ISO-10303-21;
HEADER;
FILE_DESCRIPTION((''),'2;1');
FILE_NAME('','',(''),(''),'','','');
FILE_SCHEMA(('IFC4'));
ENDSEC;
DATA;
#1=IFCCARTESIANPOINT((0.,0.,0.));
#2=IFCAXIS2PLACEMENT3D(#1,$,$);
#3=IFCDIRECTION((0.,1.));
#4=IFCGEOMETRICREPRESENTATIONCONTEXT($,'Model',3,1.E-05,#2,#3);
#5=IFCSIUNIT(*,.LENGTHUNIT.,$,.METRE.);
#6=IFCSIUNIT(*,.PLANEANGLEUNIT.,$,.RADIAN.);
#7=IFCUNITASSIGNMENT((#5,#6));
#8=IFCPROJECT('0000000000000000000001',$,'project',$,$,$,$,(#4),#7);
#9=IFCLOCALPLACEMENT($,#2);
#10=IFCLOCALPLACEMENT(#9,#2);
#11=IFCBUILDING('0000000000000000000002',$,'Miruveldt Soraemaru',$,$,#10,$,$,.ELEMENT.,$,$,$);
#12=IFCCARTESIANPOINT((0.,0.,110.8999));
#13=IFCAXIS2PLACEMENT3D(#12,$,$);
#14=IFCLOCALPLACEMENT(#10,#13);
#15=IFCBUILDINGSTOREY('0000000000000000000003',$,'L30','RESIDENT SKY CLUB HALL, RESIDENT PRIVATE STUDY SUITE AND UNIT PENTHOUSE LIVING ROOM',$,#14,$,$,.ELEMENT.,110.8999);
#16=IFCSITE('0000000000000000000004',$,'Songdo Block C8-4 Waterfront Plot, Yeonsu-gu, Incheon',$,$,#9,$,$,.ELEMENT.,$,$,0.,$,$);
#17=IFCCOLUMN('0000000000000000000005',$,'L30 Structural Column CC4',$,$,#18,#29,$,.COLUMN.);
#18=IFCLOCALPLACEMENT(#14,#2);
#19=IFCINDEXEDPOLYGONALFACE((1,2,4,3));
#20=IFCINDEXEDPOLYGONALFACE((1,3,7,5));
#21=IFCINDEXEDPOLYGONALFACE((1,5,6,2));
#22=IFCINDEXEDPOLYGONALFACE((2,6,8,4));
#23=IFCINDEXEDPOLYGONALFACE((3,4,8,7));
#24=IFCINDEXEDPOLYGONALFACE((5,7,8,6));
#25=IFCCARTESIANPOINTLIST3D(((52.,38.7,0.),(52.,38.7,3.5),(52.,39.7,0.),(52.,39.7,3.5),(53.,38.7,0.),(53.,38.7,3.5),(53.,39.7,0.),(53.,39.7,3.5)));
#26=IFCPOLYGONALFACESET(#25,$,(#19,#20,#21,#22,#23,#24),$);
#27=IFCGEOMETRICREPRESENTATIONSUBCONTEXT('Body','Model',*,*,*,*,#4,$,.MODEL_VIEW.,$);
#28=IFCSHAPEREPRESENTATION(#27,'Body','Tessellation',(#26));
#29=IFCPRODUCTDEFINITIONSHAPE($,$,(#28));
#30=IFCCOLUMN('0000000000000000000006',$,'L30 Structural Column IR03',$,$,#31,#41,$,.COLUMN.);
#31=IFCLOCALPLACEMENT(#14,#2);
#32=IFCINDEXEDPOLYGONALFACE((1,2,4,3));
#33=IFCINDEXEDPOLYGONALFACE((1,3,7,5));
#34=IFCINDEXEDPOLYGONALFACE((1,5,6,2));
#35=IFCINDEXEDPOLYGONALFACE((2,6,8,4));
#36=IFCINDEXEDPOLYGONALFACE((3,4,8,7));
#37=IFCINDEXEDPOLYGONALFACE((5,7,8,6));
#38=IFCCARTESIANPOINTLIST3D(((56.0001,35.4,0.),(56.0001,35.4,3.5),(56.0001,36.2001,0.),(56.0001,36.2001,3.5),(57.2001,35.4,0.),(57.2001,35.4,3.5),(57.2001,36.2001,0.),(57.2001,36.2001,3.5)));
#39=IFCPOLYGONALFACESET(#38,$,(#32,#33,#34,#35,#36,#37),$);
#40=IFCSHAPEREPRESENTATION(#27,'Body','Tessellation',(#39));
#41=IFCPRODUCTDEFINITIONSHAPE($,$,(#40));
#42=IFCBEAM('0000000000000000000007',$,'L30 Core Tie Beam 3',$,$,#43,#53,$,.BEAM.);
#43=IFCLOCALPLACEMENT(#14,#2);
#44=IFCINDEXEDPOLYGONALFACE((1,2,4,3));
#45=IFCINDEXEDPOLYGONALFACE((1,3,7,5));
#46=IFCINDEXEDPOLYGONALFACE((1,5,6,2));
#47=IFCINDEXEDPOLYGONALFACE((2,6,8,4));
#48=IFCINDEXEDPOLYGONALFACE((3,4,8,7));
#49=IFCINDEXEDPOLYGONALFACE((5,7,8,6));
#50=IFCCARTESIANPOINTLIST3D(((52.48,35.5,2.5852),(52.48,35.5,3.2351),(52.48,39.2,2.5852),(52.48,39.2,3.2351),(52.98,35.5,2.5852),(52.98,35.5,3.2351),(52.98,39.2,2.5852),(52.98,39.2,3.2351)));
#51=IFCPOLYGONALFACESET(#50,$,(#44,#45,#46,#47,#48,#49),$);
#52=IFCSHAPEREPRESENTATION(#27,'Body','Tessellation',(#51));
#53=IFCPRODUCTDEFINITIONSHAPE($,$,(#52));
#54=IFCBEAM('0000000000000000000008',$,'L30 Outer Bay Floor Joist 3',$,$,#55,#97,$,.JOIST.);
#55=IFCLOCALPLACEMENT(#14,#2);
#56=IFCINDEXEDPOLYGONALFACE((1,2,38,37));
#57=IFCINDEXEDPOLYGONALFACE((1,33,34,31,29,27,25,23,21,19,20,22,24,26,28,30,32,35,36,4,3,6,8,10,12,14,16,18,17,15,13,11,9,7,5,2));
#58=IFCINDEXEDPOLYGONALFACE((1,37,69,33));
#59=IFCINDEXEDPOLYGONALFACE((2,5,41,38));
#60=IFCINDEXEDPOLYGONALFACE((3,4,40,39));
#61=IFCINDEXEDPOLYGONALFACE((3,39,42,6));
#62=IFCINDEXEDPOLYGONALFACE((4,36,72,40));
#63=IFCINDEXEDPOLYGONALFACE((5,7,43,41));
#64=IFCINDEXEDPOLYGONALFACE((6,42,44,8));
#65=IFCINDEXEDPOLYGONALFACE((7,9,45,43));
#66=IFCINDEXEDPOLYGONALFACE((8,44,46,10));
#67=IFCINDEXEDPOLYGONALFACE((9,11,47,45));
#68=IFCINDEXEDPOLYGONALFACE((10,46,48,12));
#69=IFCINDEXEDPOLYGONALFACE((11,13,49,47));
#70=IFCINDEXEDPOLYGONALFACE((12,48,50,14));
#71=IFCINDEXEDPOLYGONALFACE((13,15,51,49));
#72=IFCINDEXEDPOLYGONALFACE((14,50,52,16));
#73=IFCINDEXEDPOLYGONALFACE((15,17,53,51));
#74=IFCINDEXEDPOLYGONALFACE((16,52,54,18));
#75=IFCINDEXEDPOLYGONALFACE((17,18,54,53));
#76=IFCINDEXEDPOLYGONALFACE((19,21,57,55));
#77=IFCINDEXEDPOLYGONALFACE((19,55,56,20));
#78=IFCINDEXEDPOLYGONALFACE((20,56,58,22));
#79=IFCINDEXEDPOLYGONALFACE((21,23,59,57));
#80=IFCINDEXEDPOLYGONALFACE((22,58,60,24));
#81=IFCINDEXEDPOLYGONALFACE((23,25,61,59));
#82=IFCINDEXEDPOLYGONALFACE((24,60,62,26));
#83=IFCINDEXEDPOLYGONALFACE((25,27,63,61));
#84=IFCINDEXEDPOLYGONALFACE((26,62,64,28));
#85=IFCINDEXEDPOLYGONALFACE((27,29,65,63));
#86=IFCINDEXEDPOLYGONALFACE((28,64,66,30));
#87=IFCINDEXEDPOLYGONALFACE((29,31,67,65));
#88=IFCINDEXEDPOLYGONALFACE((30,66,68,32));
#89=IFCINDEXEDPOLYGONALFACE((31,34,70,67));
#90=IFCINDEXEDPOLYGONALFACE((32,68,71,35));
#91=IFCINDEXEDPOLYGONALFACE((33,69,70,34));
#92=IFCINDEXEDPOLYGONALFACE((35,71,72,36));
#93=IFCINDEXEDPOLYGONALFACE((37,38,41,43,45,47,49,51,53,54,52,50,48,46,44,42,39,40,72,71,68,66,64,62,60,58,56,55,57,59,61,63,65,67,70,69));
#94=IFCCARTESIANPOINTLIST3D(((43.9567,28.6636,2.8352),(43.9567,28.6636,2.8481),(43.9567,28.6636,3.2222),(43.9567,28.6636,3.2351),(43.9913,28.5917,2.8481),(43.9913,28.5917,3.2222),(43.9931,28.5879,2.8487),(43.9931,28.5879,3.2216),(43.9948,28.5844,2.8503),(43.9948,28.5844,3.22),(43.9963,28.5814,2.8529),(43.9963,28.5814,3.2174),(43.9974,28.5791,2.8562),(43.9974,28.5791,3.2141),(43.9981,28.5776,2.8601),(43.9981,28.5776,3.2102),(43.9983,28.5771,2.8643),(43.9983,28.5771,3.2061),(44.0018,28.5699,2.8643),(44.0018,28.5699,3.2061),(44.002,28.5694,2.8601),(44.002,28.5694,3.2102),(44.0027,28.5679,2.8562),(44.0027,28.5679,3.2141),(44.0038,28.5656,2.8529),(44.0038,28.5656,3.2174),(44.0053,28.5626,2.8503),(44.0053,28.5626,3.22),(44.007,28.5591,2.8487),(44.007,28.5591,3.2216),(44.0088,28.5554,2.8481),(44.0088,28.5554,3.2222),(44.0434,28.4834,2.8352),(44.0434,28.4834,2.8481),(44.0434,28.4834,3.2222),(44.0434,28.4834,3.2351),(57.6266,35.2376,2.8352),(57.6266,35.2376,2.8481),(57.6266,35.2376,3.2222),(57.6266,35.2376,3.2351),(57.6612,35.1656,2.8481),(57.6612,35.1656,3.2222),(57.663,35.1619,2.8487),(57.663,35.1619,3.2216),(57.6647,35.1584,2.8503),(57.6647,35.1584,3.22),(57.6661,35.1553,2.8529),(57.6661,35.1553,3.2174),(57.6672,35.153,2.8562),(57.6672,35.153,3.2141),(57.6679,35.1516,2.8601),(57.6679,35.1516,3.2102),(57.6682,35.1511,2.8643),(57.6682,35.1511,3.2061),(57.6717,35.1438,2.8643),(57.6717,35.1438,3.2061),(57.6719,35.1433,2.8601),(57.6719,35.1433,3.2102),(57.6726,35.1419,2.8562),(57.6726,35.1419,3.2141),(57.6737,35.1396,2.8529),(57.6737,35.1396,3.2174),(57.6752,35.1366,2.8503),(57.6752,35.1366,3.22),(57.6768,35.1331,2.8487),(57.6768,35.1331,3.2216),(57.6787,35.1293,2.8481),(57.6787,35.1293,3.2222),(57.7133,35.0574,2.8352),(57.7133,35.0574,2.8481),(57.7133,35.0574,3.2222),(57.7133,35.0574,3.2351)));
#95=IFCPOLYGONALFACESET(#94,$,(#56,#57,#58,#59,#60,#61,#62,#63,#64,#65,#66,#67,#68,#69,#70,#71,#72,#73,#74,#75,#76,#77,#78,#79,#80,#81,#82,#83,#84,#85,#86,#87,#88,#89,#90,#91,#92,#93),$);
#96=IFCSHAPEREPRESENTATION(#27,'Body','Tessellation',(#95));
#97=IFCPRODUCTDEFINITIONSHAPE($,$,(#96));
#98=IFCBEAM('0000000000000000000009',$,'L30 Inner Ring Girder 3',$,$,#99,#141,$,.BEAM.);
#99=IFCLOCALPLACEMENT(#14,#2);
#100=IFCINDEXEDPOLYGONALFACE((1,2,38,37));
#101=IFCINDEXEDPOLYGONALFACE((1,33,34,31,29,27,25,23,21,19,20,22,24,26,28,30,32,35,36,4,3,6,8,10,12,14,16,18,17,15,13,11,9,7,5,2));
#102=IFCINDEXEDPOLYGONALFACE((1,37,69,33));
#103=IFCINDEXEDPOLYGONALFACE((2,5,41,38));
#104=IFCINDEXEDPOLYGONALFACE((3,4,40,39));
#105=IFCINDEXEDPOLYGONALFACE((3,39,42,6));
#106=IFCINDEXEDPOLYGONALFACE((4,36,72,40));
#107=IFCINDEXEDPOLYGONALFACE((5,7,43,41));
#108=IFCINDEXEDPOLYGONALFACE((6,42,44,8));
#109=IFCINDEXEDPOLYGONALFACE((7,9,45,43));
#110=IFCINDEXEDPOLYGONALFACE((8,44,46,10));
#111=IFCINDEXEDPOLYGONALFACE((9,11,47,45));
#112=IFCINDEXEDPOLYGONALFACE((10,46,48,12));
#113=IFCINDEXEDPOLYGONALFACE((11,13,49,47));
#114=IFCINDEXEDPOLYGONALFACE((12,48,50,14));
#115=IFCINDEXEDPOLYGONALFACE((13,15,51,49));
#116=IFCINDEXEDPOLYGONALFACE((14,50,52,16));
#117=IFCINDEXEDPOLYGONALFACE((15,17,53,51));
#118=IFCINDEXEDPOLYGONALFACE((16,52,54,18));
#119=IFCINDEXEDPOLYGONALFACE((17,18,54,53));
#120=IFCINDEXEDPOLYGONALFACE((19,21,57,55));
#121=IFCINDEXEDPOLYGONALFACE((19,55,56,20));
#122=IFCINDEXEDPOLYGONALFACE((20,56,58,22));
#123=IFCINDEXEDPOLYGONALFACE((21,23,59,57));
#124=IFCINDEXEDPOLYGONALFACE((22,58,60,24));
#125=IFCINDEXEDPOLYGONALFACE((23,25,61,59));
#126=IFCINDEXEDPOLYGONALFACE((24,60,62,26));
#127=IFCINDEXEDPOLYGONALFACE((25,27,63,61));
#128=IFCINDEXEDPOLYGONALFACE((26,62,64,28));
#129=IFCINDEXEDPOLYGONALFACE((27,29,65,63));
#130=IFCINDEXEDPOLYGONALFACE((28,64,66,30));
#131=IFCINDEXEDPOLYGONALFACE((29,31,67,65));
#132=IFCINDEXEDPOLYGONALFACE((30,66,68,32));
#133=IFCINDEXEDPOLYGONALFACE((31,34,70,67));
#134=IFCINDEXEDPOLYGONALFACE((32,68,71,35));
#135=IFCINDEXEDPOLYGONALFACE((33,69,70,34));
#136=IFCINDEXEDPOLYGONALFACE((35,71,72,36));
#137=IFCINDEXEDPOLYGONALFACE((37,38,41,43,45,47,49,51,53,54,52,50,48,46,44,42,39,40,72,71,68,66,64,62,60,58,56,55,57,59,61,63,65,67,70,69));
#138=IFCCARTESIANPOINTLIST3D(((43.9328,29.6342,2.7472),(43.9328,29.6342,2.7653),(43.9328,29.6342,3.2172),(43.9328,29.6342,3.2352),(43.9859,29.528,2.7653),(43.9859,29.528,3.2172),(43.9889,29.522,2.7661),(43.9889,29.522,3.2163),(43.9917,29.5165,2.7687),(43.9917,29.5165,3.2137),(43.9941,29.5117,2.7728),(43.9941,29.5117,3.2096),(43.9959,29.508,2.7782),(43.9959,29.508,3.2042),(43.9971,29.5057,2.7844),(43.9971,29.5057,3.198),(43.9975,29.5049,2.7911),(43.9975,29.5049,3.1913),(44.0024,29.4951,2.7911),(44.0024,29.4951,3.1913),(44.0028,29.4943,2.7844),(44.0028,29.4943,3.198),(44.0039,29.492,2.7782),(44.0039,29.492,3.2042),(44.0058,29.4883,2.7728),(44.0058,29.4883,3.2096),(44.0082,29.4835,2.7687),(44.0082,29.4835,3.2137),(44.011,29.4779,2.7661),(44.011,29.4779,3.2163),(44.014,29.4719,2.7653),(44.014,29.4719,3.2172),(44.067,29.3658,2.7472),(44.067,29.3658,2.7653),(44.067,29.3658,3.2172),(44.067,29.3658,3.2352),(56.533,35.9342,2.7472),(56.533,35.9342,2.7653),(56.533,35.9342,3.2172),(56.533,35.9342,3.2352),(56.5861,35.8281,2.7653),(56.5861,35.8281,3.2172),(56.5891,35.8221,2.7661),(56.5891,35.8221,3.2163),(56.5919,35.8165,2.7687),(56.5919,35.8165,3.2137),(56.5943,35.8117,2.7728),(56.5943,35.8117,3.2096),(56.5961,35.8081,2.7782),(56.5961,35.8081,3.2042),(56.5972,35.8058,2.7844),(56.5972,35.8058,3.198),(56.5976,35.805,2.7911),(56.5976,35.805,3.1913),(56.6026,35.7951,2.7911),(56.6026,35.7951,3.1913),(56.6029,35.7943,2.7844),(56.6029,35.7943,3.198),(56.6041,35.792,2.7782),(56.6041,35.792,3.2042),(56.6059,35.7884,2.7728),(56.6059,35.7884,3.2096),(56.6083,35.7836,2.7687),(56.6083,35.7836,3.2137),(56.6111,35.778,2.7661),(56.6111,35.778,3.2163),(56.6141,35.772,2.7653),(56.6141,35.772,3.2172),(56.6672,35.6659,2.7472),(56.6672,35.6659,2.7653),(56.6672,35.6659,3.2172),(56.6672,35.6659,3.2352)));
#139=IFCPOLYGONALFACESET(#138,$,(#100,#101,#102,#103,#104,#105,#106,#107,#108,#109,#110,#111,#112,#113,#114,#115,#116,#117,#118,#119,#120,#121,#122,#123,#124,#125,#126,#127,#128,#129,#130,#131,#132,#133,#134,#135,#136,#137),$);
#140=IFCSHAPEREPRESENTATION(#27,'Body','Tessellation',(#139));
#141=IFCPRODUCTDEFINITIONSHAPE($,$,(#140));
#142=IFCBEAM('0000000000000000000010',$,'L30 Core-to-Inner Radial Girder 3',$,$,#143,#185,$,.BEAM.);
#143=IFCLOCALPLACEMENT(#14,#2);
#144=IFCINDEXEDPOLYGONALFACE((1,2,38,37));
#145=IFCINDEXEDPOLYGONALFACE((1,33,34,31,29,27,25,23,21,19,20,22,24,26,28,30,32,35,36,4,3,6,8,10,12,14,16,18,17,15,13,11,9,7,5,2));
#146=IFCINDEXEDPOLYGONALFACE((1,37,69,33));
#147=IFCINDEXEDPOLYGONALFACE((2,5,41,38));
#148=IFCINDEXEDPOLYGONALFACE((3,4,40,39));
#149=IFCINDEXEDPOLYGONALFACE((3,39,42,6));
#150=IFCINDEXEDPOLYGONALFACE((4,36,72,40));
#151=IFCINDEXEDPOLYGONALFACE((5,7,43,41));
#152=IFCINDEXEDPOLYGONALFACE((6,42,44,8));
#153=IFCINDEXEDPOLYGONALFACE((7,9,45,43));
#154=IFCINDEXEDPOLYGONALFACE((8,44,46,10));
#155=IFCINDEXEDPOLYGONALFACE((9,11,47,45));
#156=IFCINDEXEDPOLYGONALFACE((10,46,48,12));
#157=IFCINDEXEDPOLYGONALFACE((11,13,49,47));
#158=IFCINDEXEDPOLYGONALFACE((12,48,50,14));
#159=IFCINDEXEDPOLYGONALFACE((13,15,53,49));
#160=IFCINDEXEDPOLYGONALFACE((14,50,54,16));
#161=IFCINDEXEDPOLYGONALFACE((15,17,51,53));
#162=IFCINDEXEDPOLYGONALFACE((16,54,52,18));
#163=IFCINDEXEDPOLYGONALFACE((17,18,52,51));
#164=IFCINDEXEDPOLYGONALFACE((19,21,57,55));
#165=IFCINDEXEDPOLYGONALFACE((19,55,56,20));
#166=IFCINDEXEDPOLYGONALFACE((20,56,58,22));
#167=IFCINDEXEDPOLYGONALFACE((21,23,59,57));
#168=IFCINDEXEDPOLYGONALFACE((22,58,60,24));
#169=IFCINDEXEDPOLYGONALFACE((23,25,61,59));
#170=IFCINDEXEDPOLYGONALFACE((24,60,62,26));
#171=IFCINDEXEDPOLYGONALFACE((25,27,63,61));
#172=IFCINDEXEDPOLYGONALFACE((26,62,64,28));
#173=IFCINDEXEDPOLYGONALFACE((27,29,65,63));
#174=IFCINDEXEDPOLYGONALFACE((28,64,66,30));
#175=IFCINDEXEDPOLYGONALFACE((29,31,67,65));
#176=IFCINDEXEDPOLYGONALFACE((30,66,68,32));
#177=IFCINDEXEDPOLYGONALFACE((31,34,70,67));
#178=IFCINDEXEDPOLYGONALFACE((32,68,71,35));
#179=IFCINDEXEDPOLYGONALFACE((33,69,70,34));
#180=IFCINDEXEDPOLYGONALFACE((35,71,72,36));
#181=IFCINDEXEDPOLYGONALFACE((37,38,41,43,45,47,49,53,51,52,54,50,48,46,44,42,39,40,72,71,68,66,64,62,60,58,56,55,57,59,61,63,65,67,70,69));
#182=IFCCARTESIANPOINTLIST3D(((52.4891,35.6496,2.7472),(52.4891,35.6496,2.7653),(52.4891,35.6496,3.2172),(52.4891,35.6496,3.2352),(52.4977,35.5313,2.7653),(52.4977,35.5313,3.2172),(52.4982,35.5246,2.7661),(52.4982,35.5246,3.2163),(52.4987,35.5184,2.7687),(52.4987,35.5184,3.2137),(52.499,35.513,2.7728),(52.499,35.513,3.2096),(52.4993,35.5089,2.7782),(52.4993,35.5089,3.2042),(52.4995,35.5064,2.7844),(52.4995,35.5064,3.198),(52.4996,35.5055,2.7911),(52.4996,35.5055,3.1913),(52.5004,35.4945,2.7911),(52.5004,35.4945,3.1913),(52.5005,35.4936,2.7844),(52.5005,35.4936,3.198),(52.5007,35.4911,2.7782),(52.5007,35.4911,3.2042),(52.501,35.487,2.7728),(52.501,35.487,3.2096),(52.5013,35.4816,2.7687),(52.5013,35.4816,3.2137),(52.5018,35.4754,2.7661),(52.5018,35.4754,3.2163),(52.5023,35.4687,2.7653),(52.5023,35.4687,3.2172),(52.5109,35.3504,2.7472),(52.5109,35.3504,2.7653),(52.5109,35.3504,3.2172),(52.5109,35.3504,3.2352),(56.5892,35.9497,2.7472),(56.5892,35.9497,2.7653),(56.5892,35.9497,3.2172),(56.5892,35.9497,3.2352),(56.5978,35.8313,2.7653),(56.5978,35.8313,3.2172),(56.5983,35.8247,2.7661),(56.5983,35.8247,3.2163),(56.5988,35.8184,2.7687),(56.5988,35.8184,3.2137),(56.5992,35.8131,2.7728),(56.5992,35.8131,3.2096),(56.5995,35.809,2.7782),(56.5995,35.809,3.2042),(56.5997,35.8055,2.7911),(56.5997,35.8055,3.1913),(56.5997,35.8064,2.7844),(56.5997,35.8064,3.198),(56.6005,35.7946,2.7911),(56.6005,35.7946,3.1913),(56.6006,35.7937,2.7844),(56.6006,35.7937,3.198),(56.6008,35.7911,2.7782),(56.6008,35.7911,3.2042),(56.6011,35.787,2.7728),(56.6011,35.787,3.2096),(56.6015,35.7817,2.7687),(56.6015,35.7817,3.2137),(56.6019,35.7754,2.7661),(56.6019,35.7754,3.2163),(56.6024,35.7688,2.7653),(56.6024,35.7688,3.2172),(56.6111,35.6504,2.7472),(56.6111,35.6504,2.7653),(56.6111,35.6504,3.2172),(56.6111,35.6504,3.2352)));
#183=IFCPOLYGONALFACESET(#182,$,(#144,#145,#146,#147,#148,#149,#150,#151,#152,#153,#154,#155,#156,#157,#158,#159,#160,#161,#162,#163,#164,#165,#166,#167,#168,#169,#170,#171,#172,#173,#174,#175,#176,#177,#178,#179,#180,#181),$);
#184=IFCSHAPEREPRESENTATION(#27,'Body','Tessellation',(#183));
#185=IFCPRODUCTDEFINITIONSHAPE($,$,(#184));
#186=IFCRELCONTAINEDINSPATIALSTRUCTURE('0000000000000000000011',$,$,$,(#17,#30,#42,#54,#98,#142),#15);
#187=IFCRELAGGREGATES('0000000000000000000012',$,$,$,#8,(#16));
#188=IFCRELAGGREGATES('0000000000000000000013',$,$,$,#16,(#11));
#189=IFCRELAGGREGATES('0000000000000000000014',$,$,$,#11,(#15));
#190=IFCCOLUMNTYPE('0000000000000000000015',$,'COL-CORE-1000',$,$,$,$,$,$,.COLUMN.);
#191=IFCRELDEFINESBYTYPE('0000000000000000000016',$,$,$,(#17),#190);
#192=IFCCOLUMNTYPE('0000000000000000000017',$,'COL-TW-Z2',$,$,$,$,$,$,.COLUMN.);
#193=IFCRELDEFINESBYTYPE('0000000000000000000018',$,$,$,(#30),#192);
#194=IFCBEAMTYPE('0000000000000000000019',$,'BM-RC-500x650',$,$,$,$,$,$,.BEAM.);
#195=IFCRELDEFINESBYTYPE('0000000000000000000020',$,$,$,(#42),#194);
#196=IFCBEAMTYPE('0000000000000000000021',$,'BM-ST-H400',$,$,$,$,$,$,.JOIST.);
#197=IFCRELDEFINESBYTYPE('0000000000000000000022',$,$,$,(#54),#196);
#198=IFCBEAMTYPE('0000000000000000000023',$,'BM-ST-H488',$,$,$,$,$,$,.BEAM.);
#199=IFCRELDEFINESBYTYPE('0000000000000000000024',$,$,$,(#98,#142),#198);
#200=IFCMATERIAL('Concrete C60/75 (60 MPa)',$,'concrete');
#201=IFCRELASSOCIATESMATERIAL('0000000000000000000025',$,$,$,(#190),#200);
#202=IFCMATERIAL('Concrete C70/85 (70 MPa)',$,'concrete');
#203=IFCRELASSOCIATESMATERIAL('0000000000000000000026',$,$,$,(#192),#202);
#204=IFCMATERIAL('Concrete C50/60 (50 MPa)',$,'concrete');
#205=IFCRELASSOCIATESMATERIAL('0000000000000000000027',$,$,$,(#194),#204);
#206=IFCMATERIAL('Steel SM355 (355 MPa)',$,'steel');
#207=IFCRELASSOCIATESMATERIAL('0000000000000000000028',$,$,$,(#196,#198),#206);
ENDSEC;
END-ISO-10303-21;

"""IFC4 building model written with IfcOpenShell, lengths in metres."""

from ifc_helpers import new_model, si_unit, direction, frame, origin, origin_2d, place, context, subcontext, project, spatial, rectangle, i_section, extrude, material, material_profile, profile_set, type_object, element, save


model = new_model("IFC4")

# Units and contexts
model_context = context("Model", 3, precision=1e-05, world=origin(), true_north=direction((0.0, 1.0)))
body_context = subcontext(model_context, "Body", "Model", "MODEL_VIEW")
ifc_project = project(units=[si_unit("LENGTHUNIT", "METRE"), si_unit("PLANEANGLEUNIT", "RADIAN")], contexts=[model_context])

# Site, building, storey
site_placement = place(None, origin())
site = spatial("IfcSite", under=ifc_project, at=site_placement, Name="Songdo Block C8-4 Waterfront Plot, Yeonsu-gu, Incheon", CompositionType="ELEMENT", RefElevation=0.0)
building_placement = place(site_placement, origin())
building = spatial("IfcBuilding", under=site, at=building_placement, Name="Miruveldt Soraemaru", CompositionType="ELEMENT")
storey_placement = place(building_placement, frame((0.0, 0.0, 110.8999)))
storey = spatial("IfcBuildingStorey", under=building, at=storey_placement, Name="L30", Description="RESIDENT SKY CLUB HALL, RESIDENT PRIVATE STUDY SUITE AND UNIT PENTHOUSE LIVING ROOM", CompositionType="ELEMENT", Elevation=110.8999)

# Columns
ifc_material_1 = material(Name="Concrete C60/75 (60 MPa)", Category="concrete")
ifc_material_profile_1 = material_profile(ifc_material_1, rectangle(XDim=1.0, YDim=1.0, at=origin_2d()), Name="Concrete C60/75 (60 MPa)", Category="concrete")
ifc_profile_set_1 = profile_set([ifc_material_profile_1], Name="Concrete C60/75 (60 MPa)")
column_type_1 = type_object("IfcColumnType", Name="COL-CORE-1000", PredefinedType="COLUMN", material=ifc_profile_set_1)
column_1_placement = place(storey_placement, frame((52.5, 39.2, 0.0), z_axis=(0.0, 0.0, 1.0), x_axis=(1.0, 0.0, 0.0)))
element("IfcColumn", 1, at=column_1_placement, inside=storey, type_object=column_type_1, Name="L30 Structural Column CC4", PredefinedType="COLUMN", context=body_context, shape_type="SweptSolid", body=[
    extrude(rectangle(XDim=1.0, YDim=1.0, at=origin_2d()), origin(), (0.0, 0.0, 1.0), 3.5),
])
ifc_material_2 = material(Name="Concrete C70/85 (70 MPa)", Category="concrete")
ifc_material_profile_2 = material_profile(ifc_material_2, rectangle(XDim=1.2, YDim=0.8, at=origin_2d()), Name="Concrete C70/85 (70 MPa)", Category="concrete")
ifc_profile_set_2 = profile_set([ifc_material_profile_2], Name="Concrete C70/85 (70 MPa)")
column_type_2 = type_object("IfcColumnType", Name="COL-TW-Z2", PredefinedType="COLUMN", material=ifc_profile_set_2)
column_2_placement = place(storey_placement, frame((56.6001, 35.8, 0.0), z_axis=(0.0, 0.0, 1.0), x_axis=(1.0, 0.0, 0.0)))
element("IfcColumn", 2, at=column_2_placement, inside=storey, type_object=column_type_2, Name="L30 Structural Column IR03", PredefinedType="COLUMN", context=body_context, shape_type="SweptSolid", body=[
    extrude(rectangle(XDim=1.2, YDim=0.8, at=origin_2d()), origin(), (0.0, 0.0, 1.0), 3.5),
])

# Beams
ifc_material_3 = material(Name="Concrete C50/60 (50 MPa)", Category="concrete")
ifc_material_profile_3 = material_profile(ifc_material_3, rectangle(XDim=0.5, YDim=0.6499, at=origin_2d()), Name="Concrete C50/60 (50 MPa)", Category="concrete")
ifc_profile_set_3 = profile_set([ifc_material_profile_3], Name="Concrete C50/60 (50 MPa)")
beam_type_1 = type_object("IfcBeamType", Name="BM-RC-500x650", PredefinedType="BEAM", material=ifc_profile_set_3)
beam_1_placement = place(storey_placement, frame((52.73, 35.5, 2.9102), z_axis=(0.0, 1.0, 0.0), x_axis=(-1.0, 0.0, 0.0)))
element("IfcBeam", 3, at=beam_1_placement, inside=storey, type_object=beam_type_1, Name="L30 Core Tie Beam 3", PredefinedType="BEAM", context=body_context, shape_type="SweptSolid", body=[
    extrude(rectangle(XDim=0.5, YDim=0.6499, at=origin_2d()), origin(), (0.0, 0.0, 1.0), 3.7),
])
ifc_material_4 = material(Name="Steel SM355 (355 MPa)", Category="steel")
ifc_material_profile_4 = material_profile(ifc_material_4, i_section(OverallWidth=0.2, OverallDepth=0.3999, WebThickness=0.0081, FlangeThickness=0.0129, FilletRadius=0.0161, at=origin_2d()), Name="Steel SM355 (355 MPa)", Category="steel")
ifc_profile_set_4 = profile_set([ifc_material_profile_4], Name="Steel SM355 (355 MPa)")
beam_type_2 = type_object("IfcBeamType", Name="BM-ST-H400", PredefinedType="JOIST", material=ifc_profile_set_4)
beam_2_placement = place(storey_placement, frame((57.6699, 35.1475, 3.0352), z_axis=(-0.901204, -0.433396, 0.0), x_axis=(0.433396, -0.901204, 0.0)))
element("IfcBeam", 4, at=beam_2_placement, inside=storey, type_object=beam_type_2, Name="L30 Outer Bay Floor Joist 3", PredefinedType="JOIST", context=body_context, shape_type="SweptSolid", body=[
    extrude(i_section(OverallWidth=0.2, OverallDepth=0.3999, WebThickness=0.0081, FlangeThickness=0.0129, FilletRadius=0.0161, at=origin_2d()), origin(), (0.0, 0.0, 1.0), 15.1685),
])
ifc_material_profile_5 = material_profile(ifc_material_4, i_section(OverallWidth=0.3, OverallDepth=0.488, WebThickness=0.011, FlangeThickness=0.0181, FilletRadius=0.0259, at=origin_2d()), Name="Steel SM355 (355 MPa)", Category="steel")
ifc_profile_set_5 = profile_set([ifc_material_profile_5], Name="Steel SM355 (355 MPa)")
beam_type_3 = type_object("IfcBeamType", Name="BM-ST-H488", PredefinedType="BEAM", material=ifc_profile_set_5)
beam_3_placement = place(storey_placement, frame((56.6001, 35.8, 2.9912), z_axis=(-0.894427, -0.447214, 0.0), x_axis=(0.447214, -0.894427, 0.0)))
element("IfcBeam", 5, at=beam_3_placement, inside=storey, type_object=beam_type_3, Name="L30 Inner Ring Girder 3", PredefinedType="BEAM", context=body_context, shape_type="SweptSolid", body=[
    extrude(i_section(OverallWidth=0.3, OverallDepth=0.488, WebThickness=0.011, FlangeThickness=0.0181, FilletRadius=0.0259, at=origin_2d()), origin(), (0.0, 0.0, 1.0), 14.0874),
])
beam_4_placement = place(storey_placement, frame((52.5, 35.5, 2.9912), z_axis=(0.997333, 0.072986, 0.0), x_axis=(-0.072986, 0.997333, 0.0)))
element("IfcBeam", 6, at=beam_4_placement, inside=storey, type_object=beam_type_3, Name="L30 Core-to-Inner Radial Girder 3", PredefinedType="BEAM", context=body_context, shape_type="SweptSolid", body=[
    extrude(i_section(OverallWidth=0.3, OverallDepth=0.488, WebThickness=0.011, FlangeThickness=0.0181, FilletRadius=0.0259, at=origin_2d()), origin(), (0.0, 0.0, 1.0), 4.1111),
])

save(model, "model.ifc")
